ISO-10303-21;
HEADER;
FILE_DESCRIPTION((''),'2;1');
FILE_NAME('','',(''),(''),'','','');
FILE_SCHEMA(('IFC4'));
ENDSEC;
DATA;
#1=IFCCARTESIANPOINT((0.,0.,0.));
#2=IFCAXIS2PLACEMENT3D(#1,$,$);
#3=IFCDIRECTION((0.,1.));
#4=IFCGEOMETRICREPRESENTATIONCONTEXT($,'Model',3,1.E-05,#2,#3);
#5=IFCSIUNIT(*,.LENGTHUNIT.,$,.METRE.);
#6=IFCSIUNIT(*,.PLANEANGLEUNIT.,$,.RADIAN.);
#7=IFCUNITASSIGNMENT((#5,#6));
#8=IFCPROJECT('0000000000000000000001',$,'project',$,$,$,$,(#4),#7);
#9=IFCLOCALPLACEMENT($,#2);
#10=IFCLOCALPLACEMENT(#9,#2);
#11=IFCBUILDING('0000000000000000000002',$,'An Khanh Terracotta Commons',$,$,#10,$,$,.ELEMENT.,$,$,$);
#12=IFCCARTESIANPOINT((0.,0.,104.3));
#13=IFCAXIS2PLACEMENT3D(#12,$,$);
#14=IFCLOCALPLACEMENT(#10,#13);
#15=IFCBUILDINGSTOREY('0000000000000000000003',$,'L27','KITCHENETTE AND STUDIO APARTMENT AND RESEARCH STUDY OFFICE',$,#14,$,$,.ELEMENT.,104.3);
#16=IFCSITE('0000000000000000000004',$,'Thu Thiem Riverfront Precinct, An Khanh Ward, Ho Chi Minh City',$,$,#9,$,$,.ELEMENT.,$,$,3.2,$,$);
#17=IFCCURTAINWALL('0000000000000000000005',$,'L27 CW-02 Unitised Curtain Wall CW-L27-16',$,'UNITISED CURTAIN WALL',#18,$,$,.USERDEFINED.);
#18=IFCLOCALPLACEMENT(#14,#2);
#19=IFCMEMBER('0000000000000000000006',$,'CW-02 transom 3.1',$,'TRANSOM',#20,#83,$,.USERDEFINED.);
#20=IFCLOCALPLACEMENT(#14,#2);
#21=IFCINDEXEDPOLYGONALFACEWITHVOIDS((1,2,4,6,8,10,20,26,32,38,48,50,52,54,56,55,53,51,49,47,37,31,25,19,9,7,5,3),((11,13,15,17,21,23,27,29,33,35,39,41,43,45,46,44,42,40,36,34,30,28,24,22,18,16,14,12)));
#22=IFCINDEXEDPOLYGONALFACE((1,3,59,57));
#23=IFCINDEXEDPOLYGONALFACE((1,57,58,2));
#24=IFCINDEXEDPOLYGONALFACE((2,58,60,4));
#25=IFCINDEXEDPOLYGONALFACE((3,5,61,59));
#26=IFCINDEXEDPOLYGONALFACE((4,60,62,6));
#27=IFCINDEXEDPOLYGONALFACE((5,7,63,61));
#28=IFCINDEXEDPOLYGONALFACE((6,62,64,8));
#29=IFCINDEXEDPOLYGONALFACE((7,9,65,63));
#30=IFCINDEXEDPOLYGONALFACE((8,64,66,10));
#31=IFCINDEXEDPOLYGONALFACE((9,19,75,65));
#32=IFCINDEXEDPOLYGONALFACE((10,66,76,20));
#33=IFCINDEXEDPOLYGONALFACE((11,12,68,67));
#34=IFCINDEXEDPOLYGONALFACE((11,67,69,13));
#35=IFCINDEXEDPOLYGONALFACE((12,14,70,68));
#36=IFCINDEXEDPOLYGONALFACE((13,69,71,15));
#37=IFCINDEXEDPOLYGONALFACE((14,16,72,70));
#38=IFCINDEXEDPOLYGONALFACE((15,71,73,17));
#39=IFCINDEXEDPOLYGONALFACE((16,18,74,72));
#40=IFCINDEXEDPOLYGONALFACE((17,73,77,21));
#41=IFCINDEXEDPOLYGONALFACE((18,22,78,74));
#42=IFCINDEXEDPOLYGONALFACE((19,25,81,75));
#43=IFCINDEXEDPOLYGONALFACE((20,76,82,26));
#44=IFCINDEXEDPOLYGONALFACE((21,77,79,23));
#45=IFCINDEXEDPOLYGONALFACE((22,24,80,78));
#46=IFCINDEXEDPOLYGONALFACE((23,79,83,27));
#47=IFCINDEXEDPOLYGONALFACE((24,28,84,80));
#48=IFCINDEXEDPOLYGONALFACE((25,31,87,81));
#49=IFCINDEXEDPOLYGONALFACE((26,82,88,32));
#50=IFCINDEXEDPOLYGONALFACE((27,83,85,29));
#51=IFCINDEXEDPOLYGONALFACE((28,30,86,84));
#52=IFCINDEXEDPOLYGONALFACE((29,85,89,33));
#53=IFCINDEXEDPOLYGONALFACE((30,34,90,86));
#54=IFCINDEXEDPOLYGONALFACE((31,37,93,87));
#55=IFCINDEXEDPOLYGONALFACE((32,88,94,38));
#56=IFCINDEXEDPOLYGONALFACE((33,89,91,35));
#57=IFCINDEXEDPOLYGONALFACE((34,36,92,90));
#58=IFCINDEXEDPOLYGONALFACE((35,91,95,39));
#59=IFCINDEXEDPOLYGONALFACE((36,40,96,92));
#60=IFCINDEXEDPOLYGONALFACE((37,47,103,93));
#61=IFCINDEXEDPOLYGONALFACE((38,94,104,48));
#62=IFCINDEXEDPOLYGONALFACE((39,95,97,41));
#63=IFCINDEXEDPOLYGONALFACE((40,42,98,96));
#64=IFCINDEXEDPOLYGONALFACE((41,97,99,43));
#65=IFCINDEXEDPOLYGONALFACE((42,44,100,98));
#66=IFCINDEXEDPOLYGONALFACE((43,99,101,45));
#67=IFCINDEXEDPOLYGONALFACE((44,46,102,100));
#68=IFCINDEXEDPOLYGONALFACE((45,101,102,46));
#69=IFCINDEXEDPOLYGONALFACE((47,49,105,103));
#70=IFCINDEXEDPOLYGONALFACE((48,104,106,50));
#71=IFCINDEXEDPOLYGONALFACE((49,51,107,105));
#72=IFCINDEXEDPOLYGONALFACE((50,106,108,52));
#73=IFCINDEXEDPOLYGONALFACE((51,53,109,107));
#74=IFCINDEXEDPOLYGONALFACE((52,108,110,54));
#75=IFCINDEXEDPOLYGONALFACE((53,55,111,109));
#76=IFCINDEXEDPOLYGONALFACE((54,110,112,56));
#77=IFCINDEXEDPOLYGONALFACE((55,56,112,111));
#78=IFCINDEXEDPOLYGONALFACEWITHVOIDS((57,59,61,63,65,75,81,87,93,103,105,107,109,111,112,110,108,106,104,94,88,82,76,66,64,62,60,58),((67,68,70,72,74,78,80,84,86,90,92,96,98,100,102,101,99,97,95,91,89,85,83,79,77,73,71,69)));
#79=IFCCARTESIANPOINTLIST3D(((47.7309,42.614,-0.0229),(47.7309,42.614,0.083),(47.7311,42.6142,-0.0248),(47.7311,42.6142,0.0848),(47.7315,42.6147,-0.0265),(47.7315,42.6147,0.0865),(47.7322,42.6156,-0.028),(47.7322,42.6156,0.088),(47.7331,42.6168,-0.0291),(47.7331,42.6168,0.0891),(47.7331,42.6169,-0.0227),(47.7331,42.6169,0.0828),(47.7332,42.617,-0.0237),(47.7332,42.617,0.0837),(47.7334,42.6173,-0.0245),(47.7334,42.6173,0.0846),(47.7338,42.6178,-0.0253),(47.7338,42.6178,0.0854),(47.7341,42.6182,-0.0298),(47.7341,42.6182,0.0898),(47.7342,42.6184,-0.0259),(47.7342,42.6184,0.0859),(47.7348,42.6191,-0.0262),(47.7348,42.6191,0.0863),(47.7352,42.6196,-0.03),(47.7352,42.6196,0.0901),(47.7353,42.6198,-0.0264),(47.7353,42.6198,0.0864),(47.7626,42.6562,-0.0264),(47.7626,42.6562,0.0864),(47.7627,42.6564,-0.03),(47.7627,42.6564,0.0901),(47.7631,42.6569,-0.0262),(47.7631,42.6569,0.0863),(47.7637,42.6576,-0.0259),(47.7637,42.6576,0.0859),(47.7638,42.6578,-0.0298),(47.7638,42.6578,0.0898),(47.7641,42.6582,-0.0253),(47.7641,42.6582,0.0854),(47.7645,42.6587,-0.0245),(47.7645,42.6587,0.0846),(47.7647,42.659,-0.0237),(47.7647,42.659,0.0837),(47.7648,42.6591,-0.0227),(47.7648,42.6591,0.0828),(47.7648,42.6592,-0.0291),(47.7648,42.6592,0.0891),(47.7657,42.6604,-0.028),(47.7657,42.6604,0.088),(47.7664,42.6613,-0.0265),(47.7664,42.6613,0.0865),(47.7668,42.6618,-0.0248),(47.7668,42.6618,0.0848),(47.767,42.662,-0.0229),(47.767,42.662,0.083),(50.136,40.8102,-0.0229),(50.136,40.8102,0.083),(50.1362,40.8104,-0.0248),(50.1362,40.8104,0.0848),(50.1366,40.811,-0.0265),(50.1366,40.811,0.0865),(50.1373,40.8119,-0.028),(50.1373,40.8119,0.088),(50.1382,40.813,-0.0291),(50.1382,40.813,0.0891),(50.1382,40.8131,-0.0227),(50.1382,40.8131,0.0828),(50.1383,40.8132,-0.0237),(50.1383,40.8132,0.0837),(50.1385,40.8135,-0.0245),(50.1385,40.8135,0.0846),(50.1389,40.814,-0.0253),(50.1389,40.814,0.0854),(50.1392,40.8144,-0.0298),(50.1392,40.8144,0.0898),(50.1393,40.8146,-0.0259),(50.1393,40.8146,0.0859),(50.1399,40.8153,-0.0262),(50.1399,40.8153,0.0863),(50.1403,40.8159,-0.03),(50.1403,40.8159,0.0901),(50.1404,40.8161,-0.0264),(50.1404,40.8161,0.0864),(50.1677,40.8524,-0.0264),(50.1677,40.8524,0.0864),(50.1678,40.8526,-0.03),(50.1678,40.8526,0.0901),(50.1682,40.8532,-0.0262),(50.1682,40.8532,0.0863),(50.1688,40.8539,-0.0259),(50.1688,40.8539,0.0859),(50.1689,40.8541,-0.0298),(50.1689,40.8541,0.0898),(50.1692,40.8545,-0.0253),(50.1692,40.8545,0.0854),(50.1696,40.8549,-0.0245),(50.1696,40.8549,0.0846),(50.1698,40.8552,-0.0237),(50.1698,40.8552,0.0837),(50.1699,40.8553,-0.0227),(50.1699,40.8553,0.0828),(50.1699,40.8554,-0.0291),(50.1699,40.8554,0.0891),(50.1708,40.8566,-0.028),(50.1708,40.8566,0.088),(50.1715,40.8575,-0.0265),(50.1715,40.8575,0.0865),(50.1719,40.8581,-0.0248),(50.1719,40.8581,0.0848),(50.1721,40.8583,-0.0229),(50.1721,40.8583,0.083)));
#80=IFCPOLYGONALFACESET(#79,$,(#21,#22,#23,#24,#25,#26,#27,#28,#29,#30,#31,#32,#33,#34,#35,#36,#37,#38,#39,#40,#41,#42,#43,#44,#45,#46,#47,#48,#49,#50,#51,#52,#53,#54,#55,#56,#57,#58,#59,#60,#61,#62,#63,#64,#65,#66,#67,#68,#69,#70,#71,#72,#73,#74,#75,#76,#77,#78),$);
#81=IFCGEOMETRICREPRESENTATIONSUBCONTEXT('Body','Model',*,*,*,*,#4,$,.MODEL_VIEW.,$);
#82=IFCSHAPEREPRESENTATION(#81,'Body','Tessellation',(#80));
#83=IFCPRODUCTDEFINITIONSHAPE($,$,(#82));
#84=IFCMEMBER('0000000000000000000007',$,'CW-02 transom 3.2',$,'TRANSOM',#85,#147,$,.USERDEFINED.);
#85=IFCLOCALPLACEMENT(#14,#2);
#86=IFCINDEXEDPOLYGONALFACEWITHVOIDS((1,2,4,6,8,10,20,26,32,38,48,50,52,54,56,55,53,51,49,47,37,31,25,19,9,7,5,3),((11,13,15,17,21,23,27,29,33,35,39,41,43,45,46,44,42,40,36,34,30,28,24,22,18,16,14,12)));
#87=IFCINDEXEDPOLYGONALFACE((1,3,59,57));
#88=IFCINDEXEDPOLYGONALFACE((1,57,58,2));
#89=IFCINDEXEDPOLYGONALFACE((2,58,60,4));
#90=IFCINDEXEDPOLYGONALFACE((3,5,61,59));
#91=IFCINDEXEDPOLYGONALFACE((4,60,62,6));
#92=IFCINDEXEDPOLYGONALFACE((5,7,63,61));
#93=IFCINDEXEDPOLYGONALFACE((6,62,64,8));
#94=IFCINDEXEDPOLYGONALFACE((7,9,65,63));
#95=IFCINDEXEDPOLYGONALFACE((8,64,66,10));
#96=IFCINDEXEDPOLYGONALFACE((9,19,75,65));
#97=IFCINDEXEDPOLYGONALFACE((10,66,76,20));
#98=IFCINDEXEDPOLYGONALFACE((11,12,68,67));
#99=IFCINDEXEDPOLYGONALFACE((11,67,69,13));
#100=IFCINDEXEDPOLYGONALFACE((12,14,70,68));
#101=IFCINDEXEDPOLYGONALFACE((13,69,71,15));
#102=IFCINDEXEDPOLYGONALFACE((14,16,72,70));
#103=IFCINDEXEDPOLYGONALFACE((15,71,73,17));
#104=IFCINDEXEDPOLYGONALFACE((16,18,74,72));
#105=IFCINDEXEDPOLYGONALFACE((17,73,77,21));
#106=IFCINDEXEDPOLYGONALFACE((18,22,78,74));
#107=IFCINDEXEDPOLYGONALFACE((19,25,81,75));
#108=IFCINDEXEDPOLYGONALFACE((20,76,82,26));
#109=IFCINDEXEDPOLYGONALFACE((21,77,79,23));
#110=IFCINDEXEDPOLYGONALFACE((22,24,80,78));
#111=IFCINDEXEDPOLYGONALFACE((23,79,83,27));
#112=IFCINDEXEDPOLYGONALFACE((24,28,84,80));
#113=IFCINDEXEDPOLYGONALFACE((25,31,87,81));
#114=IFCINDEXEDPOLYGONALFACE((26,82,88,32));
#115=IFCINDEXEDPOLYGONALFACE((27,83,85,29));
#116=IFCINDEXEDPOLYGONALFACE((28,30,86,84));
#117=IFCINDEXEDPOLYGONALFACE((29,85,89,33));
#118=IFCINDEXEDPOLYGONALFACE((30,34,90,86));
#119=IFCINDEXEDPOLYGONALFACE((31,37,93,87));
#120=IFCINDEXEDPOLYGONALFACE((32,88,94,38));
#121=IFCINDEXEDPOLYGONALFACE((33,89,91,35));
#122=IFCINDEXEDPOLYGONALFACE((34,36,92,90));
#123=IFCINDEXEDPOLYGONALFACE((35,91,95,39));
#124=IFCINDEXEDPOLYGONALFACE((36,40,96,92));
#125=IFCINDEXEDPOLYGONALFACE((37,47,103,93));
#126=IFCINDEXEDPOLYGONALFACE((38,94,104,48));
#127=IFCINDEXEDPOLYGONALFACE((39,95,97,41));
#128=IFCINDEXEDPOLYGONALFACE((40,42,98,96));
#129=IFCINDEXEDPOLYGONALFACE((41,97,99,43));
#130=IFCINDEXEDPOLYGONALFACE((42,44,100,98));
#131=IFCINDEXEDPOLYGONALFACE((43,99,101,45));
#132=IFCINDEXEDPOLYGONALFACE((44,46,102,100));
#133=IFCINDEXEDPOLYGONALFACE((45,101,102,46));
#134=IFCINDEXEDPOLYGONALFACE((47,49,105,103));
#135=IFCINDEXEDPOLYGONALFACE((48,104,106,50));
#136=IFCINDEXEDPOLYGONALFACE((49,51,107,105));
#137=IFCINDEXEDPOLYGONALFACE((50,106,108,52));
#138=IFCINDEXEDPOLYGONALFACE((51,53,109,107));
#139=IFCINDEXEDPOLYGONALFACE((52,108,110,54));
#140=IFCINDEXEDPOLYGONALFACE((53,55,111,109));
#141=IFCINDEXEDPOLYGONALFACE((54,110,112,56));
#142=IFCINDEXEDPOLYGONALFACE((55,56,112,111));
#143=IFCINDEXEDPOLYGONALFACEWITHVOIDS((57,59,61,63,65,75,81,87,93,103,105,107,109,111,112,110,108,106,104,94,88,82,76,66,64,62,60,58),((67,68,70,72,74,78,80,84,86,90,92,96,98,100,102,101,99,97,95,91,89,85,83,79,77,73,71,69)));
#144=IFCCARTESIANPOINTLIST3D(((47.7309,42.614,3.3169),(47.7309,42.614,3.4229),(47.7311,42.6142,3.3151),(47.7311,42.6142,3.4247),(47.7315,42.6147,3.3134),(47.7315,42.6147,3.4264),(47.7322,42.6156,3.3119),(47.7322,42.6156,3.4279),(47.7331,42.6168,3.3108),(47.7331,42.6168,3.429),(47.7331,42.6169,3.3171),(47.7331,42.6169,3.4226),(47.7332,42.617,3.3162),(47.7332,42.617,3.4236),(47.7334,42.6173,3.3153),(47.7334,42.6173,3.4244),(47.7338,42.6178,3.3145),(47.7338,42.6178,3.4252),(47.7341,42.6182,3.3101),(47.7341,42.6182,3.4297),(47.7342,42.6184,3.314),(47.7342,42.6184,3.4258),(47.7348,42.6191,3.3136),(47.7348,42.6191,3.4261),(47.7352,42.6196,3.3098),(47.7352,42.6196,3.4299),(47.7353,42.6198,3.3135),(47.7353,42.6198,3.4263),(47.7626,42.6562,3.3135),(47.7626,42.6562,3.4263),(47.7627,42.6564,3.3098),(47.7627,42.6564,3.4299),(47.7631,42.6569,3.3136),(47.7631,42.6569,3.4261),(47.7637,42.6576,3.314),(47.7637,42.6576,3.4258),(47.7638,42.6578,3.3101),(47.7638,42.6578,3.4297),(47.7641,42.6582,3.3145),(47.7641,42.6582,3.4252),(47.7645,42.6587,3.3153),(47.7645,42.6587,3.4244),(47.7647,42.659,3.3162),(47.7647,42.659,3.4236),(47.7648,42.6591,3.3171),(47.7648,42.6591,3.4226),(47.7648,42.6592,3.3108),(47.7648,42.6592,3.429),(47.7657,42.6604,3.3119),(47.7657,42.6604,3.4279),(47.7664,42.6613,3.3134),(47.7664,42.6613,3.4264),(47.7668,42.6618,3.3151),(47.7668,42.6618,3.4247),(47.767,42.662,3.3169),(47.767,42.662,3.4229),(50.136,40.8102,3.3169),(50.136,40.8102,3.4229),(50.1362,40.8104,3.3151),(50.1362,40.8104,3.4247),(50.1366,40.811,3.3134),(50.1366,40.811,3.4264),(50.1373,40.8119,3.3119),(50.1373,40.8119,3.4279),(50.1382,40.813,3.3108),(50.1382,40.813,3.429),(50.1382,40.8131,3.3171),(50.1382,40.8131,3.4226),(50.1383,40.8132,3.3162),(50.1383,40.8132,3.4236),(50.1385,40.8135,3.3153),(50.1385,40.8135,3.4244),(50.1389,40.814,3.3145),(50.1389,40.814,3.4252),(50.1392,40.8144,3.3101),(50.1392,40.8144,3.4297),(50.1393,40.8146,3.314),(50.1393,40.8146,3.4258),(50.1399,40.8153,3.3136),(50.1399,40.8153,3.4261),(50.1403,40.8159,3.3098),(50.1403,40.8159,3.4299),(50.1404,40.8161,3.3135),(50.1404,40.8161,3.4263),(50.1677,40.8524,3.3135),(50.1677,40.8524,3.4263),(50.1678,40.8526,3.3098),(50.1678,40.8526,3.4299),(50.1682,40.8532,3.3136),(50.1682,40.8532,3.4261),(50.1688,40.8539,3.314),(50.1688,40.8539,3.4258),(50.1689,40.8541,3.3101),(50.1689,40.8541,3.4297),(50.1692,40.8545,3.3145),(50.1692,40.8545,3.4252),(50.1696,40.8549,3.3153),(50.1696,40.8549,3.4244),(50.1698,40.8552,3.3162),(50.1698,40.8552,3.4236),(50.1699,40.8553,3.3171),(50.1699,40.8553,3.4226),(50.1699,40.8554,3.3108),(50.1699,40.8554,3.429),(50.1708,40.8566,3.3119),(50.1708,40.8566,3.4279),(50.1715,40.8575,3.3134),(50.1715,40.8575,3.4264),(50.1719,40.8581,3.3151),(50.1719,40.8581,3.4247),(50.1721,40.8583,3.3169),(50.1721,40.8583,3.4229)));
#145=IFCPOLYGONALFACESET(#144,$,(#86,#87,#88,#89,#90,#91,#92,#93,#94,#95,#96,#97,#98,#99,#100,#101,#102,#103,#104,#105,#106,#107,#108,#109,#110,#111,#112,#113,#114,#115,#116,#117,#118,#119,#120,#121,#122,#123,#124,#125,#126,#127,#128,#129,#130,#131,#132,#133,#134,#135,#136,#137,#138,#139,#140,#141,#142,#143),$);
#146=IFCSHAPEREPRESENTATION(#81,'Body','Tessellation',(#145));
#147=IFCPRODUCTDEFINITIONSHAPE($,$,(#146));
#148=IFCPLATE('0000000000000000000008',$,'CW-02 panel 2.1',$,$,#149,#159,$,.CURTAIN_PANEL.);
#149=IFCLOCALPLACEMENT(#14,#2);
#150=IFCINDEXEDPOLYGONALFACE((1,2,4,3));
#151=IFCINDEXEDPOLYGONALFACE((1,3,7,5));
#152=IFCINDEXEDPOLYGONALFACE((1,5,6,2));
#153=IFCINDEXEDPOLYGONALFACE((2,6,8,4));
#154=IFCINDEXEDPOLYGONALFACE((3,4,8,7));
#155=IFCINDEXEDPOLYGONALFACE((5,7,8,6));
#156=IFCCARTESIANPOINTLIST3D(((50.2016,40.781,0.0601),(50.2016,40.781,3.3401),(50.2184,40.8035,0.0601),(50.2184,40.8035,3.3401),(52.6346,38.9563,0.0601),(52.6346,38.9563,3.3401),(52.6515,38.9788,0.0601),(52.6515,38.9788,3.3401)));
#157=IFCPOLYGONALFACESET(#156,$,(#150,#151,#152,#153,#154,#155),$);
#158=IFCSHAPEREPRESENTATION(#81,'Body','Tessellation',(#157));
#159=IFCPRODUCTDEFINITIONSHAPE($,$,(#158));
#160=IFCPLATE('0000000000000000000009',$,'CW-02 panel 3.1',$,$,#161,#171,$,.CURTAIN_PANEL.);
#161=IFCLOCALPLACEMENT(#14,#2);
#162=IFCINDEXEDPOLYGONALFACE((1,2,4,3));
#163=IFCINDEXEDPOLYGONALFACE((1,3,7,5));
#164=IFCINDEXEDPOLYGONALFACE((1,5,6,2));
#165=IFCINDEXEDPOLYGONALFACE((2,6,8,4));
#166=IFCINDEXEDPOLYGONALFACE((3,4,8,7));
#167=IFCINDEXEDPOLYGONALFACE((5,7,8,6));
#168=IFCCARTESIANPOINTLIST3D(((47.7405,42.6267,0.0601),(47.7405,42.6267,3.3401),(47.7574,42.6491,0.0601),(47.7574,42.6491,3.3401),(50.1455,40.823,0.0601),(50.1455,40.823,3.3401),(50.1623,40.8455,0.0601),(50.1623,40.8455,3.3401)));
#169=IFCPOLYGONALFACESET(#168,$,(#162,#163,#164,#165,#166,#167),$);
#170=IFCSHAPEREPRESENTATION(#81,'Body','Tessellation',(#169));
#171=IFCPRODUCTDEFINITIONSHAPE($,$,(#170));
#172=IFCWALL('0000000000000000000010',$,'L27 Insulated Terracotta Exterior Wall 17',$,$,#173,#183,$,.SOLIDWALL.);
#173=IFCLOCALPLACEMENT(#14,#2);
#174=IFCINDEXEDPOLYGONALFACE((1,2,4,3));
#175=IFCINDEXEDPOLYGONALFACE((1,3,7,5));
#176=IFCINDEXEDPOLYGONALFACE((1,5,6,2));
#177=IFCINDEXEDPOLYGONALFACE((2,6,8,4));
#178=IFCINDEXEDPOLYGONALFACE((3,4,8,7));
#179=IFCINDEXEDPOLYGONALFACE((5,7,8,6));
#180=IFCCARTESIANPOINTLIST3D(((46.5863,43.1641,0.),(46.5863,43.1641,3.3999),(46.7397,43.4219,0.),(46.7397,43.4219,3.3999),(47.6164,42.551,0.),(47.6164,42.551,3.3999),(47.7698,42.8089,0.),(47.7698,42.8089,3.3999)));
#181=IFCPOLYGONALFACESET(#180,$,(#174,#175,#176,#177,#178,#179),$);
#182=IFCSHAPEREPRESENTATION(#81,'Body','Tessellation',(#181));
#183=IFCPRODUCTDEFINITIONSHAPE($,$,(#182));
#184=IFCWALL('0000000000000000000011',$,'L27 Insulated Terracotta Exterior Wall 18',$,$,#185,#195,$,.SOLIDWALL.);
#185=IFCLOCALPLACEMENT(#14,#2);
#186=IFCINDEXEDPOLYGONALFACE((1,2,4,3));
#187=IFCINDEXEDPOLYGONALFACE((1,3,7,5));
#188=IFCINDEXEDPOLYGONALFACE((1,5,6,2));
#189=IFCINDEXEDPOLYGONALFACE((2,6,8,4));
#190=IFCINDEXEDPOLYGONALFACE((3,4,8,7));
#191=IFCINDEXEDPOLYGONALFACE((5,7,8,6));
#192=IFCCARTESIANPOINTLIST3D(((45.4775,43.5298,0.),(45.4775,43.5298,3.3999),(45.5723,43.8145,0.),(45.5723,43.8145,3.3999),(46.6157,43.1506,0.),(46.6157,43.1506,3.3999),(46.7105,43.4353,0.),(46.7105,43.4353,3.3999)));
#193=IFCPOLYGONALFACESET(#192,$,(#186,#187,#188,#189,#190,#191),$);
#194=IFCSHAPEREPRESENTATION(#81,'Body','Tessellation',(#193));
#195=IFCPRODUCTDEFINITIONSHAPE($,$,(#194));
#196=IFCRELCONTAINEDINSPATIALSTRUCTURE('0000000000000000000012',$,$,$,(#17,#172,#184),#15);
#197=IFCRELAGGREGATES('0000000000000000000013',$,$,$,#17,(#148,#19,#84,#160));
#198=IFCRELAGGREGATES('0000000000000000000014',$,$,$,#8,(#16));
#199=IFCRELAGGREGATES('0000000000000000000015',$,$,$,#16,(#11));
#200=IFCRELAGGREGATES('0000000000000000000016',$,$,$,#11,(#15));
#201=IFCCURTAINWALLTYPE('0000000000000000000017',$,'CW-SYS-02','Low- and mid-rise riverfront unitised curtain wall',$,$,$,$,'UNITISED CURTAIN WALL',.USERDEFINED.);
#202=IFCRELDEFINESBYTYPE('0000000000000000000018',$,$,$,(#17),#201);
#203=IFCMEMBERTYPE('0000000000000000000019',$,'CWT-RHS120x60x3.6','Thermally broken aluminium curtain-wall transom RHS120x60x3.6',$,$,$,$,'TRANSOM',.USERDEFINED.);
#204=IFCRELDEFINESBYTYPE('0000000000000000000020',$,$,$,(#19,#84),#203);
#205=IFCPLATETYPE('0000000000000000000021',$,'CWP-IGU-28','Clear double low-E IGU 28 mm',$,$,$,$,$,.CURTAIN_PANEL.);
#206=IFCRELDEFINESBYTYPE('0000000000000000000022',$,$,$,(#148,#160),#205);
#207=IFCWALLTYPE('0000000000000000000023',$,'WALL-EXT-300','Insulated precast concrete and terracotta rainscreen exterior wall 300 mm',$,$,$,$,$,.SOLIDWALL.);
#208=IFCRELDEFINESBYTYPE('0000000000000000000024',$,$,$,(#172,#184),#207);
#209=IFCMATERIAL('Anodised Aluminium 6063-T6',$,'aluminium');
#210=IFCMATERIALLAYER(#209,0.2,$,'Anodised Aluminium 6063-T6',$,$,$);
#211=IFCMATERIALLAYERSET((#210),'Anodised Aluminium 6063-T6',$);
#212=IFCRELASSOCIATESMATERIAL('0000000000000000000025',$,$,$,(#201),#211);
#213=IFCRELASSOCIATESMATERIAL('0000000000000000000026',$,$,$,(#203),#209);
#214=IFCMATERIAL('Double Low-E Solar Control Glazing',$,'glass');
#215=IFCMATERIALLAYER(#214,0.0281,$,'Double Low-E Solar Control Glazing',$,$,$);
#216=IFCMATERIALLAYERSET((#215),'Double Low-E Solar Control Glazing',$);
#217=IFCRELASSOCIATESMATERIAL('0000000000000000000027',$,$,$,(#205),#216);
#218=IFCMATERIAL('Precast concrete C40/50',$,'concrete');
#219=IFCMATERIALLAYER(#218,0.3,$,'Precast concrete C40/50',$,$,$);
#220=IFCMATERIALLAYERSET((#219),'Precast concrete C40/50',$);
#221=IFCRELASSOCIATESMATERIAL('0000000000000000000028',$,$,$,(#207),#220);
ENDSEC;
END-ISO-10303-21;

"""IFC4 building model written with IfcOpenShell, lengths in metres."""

from ifc_helpers import new_model, si_unit, direction, frame, frame_2d, origin, origin_2d, place, context, subcontext, project, spatial, rectangle, hollow_rectangle, extrude, material, layer, layer_set, material_profile, profile_set, type_object, element, aggregate, save


model = new_model("IFC4")

# Units and contexts
model_context = context("Model", 3, precision=1e-05, world=origin(), true_north=direction((0.0, 1.0)))
body_context = subcontext(model_context, "Body", "Model", "MODEL_VIEW")
ifc_project = project(units=[si_unit("LENGTHUNIT", "METRE"), si_unit("PLANEANGLEUNIT", "RADIAN")], contexts=[model_context])

# Site, building, storey
site_placement = place(None, origin())
site = spatial("IfcSite", under=ifc_project, at=site_placement, Name="Thu Thiem Riverfront Precinct, An Khanh Ward, Ho Chi Minh City", CompositionType="ELEMENT", RefElevation=3.2)
building_placement = place(site_placement, origin())
building = spatial("IfcBuilding", under=site, at=building_placement, Name="An Khanh Terracotta Commons", CompositionType="ELEMENT")
storey_placement = place(building_placement, frame((0.0, 0.0, 104.3)))
storey = spatial("IfcBuildingStorey", under=building, at=storey_placement, Name="L27", Description="KITCHENETTE AND STUDIO APARTMENT AND RESEARCH STUDY OFFICE", CompositionType="ELEMENT", Elevation=104.3)

# Curtain wall, members, plates
ifc_material_1 = material(Name="Anodised Aluminium 6063-T6", Category="aluminium")
ifc_layer_1 = layer(ifc_material_1, 0.2, Name="Anodised Aluminium 6063-T6")
ifc_layer_set_1 = layer_set([ifc_layer_1], Name="Anodised Aluminium 6063-T6")
curtain_wall_type = type_object("IfcCurtainWallType", Name="CW-SYS-02", Description="Low- and mid-rise riverfront unitised curtain wall", ElementType="UNITISED CURTAIN WALL", PredefinedType="USERDEFINED", material=ifc_layer_set_1)
curtain_wall_placement = place(storey_placement, origin())
curtain_wall = element("IfcCurtainWall", 1, at=curtain_wall_placement, inside=storey, type_object=curtain_wall_type, Name="L27 CW-02 Unitised Curtain Wall CW-L27-16", ObjectType="UNITISED CURTAIN WALL", PredefinedType="USERDEFINED")
ifc_material_profile_1 = material_profile(ifc_material_1, hollow_rectangle(XDim=0.0601, YDim=0.1201, WallThickness=0.0037, InnerFilletRadius=0.0037, OuterFilletRadius=0.0071, at=origin_2d()), Name="RHS120x60x3.6")
ifc_profile_set_1 = profile_set([ifc_material_profile_1], Name="Anodised Aluminium 6063-T6")
member_type_1 = type_object("IfcMemberType", Name="CWT-RHS120x60x3.6", Description="Thermally broken aluminium curtain-wall transom RHS120x60x3.6", ElementType="TRANSOM", PredefinedType="USERDEFINED", material=ifc_profile_set_1)
member_1_placement = place(storey_placement, frame((50.1541, 40.8342, 0.03), z_axis=(-0.80001, 0.599987, 0.0), x_axis=(-0.599987, -0.80001, 0.0)))
member_1 = element("IfcMember", 2, at=member_1_placement, type_object=member_type_1, Name="CW-02 transom 3.1", ObjectType="TRANSOM", PredefinedType="USERDEFINED", context=body_context, shape_type="SweptSolid", body=[
    extrude(hollow_rectangle(XDim=0.0601, YDim=0.1201, WallThickness=0.0037, InnerFilletRadius=0.0037, OuterFilletRadius=0.0071, at=origin_2d()), origin(), (0.0, 0.0, 1.0), 3.0063),
])
member_2_placement = place(storey_placement, frame((50.1541, 40.8342, 3.3699), z_axis=(-0.80001, 0.599987, 0.0), x_axis=(-0.599987, -0.80001, 0.0)))
member_2 = element("IfcMember", 3, at=member_2_placement, type_object=member_type_1, Name="CW-02 transom 3.2", ObjectType="TRANSOM", PredefinedType="USERDEFINED", context=body_context, shape_type="SweptSolid", body=[
    extrude(hollow_rectangle(XDim=0.0601, YDim=0.1201, WallThickness=0.0037, InnerFilletRadius=0.0037, OuterFilletRadius=0.0071, at=origin_2d()), origin(), (0.0, 0.0, 1.0), 3.0063),
])
ifc_material_2 = material(Name="Double Low-E Solar Control Glazing", Category="glass")
ifc_layer_2 = layer(ifc_material_2, 0.0281, Name="Double Low-E Solar Control Glazing")
ifc_layer_set_2 = layer_set([ifc_layer_2], Name="Double Low-E Solar Control Glazing")
plate_type = type_object("IfcPlateType", Name="CWP-IGU-28", Description="Clear double low-E IGU 28 mm", PredefinedType="CURTAIN_PANEL", material=ifc_layer_set_2)
plate_1_placement = place(storey_placement, frame((51.4265, 39.8799, 0.0601), z_axis=(0.0, 0.0, 1.0), x_axis=(-0.800013, 0.599983, 0.0)))
plate_1 = element("IfcPlate", 4, at=plate_1_placement, type_object=plate_type, Name="CW-02 panel 2.1", PredefinedType="CURTAIN_PANEL", context=body_context, shape_type="SweptSolid", body=[
    extrude(rectangle(XDim=3.0413, YDim=0.0281, at=origin_2d()), origin(), (0.0, 0.0, 1.0), 3.28),
])
plate_2_placement = place(storey_placement, frame((48.9514, 41.7361, 0.0601), z_axis=(0.0, 0.0, 1.0), x_axis=(-0.800013, 0.599983, 0.0)))
plate_2 = element("IfcPlate", 5, at=plate_2_placement, type_object=plate_type, Name="CW-02 panel 3.1", PredefinedType="CURTAIN_PANEL", context=body_context, shape_type="SweptSolid", body=[
    extrude(rectangle(XDim=3.0061, YDim=0.0281, at=origin_2d()), origin(), (0.0, 0.0, 1.0), 3.28),
])
aggregate(curtain_wall, [plate_1, member_1, member_2, plate_2])

# Walls
ifc_material_3 = material(Name="Precast concrete C40/50", Category="concrete")
ifc_layer_3 = layer(ifc_material_3, 0.3, Name="Precast concrete C40/50")
ifc_layer_set_3 = layer_set([ifc_layer_3], Name="Precast concrete C40/50")
wall_type = type_object("IfcWallType", Name="WALL-EXT-300", Description="Insulated precast concrete and terracotta rainscreen exterior wall 300 mm", PredefinedType="SOLIDWALL", material=ifc_layer_set_3)
wall_1_placement = place(storey_placement, frame((47.6931, 42.6799, 0.0), z_axis=(0.0, 0.0, 1.0), x_axis=(-0.859321, 0.511437, 0.0)))
element("IfcWall", 6, at=wall_1_placement, inside=storey, type_object=wall_type, Name="L27 Insulated Terracotta Exterior Wall 17", PredefinedType="SOLIDWALL", context=body_context, shape_type="SweptSolid", body=[
    extrude(rectangle(XDim=1.1987, YDim=0.3, at=frame_2d((0.5994, 0.0))), origin(), (0.0, 0.0, 1.0), 3.3999),
])
wall_2_placement = place(storey_placement, frame((46.6631, 43.293, 0.0), z_axis=(0.0, 0.0, 1.0), x_axis=(-0.948744, 0.316045, 0.0)))
element("IfcWall", 7, at=wall_2_placement, inside=storey, type_object=wall_type, Name="L27 Insulated Terracotta Exterior Wall 18", PredefinedType="SOLIDWALL", context=body_context, shape_type="SweptSolid", body=[
    extrude(rectangle(XDim=1.1997, YDim=0.3, at=frame_2d((0.5999, 0.0))), origin(), (0.0, 0.0, 1.0), 3.3999),
])

save(model, "model.ifc")
